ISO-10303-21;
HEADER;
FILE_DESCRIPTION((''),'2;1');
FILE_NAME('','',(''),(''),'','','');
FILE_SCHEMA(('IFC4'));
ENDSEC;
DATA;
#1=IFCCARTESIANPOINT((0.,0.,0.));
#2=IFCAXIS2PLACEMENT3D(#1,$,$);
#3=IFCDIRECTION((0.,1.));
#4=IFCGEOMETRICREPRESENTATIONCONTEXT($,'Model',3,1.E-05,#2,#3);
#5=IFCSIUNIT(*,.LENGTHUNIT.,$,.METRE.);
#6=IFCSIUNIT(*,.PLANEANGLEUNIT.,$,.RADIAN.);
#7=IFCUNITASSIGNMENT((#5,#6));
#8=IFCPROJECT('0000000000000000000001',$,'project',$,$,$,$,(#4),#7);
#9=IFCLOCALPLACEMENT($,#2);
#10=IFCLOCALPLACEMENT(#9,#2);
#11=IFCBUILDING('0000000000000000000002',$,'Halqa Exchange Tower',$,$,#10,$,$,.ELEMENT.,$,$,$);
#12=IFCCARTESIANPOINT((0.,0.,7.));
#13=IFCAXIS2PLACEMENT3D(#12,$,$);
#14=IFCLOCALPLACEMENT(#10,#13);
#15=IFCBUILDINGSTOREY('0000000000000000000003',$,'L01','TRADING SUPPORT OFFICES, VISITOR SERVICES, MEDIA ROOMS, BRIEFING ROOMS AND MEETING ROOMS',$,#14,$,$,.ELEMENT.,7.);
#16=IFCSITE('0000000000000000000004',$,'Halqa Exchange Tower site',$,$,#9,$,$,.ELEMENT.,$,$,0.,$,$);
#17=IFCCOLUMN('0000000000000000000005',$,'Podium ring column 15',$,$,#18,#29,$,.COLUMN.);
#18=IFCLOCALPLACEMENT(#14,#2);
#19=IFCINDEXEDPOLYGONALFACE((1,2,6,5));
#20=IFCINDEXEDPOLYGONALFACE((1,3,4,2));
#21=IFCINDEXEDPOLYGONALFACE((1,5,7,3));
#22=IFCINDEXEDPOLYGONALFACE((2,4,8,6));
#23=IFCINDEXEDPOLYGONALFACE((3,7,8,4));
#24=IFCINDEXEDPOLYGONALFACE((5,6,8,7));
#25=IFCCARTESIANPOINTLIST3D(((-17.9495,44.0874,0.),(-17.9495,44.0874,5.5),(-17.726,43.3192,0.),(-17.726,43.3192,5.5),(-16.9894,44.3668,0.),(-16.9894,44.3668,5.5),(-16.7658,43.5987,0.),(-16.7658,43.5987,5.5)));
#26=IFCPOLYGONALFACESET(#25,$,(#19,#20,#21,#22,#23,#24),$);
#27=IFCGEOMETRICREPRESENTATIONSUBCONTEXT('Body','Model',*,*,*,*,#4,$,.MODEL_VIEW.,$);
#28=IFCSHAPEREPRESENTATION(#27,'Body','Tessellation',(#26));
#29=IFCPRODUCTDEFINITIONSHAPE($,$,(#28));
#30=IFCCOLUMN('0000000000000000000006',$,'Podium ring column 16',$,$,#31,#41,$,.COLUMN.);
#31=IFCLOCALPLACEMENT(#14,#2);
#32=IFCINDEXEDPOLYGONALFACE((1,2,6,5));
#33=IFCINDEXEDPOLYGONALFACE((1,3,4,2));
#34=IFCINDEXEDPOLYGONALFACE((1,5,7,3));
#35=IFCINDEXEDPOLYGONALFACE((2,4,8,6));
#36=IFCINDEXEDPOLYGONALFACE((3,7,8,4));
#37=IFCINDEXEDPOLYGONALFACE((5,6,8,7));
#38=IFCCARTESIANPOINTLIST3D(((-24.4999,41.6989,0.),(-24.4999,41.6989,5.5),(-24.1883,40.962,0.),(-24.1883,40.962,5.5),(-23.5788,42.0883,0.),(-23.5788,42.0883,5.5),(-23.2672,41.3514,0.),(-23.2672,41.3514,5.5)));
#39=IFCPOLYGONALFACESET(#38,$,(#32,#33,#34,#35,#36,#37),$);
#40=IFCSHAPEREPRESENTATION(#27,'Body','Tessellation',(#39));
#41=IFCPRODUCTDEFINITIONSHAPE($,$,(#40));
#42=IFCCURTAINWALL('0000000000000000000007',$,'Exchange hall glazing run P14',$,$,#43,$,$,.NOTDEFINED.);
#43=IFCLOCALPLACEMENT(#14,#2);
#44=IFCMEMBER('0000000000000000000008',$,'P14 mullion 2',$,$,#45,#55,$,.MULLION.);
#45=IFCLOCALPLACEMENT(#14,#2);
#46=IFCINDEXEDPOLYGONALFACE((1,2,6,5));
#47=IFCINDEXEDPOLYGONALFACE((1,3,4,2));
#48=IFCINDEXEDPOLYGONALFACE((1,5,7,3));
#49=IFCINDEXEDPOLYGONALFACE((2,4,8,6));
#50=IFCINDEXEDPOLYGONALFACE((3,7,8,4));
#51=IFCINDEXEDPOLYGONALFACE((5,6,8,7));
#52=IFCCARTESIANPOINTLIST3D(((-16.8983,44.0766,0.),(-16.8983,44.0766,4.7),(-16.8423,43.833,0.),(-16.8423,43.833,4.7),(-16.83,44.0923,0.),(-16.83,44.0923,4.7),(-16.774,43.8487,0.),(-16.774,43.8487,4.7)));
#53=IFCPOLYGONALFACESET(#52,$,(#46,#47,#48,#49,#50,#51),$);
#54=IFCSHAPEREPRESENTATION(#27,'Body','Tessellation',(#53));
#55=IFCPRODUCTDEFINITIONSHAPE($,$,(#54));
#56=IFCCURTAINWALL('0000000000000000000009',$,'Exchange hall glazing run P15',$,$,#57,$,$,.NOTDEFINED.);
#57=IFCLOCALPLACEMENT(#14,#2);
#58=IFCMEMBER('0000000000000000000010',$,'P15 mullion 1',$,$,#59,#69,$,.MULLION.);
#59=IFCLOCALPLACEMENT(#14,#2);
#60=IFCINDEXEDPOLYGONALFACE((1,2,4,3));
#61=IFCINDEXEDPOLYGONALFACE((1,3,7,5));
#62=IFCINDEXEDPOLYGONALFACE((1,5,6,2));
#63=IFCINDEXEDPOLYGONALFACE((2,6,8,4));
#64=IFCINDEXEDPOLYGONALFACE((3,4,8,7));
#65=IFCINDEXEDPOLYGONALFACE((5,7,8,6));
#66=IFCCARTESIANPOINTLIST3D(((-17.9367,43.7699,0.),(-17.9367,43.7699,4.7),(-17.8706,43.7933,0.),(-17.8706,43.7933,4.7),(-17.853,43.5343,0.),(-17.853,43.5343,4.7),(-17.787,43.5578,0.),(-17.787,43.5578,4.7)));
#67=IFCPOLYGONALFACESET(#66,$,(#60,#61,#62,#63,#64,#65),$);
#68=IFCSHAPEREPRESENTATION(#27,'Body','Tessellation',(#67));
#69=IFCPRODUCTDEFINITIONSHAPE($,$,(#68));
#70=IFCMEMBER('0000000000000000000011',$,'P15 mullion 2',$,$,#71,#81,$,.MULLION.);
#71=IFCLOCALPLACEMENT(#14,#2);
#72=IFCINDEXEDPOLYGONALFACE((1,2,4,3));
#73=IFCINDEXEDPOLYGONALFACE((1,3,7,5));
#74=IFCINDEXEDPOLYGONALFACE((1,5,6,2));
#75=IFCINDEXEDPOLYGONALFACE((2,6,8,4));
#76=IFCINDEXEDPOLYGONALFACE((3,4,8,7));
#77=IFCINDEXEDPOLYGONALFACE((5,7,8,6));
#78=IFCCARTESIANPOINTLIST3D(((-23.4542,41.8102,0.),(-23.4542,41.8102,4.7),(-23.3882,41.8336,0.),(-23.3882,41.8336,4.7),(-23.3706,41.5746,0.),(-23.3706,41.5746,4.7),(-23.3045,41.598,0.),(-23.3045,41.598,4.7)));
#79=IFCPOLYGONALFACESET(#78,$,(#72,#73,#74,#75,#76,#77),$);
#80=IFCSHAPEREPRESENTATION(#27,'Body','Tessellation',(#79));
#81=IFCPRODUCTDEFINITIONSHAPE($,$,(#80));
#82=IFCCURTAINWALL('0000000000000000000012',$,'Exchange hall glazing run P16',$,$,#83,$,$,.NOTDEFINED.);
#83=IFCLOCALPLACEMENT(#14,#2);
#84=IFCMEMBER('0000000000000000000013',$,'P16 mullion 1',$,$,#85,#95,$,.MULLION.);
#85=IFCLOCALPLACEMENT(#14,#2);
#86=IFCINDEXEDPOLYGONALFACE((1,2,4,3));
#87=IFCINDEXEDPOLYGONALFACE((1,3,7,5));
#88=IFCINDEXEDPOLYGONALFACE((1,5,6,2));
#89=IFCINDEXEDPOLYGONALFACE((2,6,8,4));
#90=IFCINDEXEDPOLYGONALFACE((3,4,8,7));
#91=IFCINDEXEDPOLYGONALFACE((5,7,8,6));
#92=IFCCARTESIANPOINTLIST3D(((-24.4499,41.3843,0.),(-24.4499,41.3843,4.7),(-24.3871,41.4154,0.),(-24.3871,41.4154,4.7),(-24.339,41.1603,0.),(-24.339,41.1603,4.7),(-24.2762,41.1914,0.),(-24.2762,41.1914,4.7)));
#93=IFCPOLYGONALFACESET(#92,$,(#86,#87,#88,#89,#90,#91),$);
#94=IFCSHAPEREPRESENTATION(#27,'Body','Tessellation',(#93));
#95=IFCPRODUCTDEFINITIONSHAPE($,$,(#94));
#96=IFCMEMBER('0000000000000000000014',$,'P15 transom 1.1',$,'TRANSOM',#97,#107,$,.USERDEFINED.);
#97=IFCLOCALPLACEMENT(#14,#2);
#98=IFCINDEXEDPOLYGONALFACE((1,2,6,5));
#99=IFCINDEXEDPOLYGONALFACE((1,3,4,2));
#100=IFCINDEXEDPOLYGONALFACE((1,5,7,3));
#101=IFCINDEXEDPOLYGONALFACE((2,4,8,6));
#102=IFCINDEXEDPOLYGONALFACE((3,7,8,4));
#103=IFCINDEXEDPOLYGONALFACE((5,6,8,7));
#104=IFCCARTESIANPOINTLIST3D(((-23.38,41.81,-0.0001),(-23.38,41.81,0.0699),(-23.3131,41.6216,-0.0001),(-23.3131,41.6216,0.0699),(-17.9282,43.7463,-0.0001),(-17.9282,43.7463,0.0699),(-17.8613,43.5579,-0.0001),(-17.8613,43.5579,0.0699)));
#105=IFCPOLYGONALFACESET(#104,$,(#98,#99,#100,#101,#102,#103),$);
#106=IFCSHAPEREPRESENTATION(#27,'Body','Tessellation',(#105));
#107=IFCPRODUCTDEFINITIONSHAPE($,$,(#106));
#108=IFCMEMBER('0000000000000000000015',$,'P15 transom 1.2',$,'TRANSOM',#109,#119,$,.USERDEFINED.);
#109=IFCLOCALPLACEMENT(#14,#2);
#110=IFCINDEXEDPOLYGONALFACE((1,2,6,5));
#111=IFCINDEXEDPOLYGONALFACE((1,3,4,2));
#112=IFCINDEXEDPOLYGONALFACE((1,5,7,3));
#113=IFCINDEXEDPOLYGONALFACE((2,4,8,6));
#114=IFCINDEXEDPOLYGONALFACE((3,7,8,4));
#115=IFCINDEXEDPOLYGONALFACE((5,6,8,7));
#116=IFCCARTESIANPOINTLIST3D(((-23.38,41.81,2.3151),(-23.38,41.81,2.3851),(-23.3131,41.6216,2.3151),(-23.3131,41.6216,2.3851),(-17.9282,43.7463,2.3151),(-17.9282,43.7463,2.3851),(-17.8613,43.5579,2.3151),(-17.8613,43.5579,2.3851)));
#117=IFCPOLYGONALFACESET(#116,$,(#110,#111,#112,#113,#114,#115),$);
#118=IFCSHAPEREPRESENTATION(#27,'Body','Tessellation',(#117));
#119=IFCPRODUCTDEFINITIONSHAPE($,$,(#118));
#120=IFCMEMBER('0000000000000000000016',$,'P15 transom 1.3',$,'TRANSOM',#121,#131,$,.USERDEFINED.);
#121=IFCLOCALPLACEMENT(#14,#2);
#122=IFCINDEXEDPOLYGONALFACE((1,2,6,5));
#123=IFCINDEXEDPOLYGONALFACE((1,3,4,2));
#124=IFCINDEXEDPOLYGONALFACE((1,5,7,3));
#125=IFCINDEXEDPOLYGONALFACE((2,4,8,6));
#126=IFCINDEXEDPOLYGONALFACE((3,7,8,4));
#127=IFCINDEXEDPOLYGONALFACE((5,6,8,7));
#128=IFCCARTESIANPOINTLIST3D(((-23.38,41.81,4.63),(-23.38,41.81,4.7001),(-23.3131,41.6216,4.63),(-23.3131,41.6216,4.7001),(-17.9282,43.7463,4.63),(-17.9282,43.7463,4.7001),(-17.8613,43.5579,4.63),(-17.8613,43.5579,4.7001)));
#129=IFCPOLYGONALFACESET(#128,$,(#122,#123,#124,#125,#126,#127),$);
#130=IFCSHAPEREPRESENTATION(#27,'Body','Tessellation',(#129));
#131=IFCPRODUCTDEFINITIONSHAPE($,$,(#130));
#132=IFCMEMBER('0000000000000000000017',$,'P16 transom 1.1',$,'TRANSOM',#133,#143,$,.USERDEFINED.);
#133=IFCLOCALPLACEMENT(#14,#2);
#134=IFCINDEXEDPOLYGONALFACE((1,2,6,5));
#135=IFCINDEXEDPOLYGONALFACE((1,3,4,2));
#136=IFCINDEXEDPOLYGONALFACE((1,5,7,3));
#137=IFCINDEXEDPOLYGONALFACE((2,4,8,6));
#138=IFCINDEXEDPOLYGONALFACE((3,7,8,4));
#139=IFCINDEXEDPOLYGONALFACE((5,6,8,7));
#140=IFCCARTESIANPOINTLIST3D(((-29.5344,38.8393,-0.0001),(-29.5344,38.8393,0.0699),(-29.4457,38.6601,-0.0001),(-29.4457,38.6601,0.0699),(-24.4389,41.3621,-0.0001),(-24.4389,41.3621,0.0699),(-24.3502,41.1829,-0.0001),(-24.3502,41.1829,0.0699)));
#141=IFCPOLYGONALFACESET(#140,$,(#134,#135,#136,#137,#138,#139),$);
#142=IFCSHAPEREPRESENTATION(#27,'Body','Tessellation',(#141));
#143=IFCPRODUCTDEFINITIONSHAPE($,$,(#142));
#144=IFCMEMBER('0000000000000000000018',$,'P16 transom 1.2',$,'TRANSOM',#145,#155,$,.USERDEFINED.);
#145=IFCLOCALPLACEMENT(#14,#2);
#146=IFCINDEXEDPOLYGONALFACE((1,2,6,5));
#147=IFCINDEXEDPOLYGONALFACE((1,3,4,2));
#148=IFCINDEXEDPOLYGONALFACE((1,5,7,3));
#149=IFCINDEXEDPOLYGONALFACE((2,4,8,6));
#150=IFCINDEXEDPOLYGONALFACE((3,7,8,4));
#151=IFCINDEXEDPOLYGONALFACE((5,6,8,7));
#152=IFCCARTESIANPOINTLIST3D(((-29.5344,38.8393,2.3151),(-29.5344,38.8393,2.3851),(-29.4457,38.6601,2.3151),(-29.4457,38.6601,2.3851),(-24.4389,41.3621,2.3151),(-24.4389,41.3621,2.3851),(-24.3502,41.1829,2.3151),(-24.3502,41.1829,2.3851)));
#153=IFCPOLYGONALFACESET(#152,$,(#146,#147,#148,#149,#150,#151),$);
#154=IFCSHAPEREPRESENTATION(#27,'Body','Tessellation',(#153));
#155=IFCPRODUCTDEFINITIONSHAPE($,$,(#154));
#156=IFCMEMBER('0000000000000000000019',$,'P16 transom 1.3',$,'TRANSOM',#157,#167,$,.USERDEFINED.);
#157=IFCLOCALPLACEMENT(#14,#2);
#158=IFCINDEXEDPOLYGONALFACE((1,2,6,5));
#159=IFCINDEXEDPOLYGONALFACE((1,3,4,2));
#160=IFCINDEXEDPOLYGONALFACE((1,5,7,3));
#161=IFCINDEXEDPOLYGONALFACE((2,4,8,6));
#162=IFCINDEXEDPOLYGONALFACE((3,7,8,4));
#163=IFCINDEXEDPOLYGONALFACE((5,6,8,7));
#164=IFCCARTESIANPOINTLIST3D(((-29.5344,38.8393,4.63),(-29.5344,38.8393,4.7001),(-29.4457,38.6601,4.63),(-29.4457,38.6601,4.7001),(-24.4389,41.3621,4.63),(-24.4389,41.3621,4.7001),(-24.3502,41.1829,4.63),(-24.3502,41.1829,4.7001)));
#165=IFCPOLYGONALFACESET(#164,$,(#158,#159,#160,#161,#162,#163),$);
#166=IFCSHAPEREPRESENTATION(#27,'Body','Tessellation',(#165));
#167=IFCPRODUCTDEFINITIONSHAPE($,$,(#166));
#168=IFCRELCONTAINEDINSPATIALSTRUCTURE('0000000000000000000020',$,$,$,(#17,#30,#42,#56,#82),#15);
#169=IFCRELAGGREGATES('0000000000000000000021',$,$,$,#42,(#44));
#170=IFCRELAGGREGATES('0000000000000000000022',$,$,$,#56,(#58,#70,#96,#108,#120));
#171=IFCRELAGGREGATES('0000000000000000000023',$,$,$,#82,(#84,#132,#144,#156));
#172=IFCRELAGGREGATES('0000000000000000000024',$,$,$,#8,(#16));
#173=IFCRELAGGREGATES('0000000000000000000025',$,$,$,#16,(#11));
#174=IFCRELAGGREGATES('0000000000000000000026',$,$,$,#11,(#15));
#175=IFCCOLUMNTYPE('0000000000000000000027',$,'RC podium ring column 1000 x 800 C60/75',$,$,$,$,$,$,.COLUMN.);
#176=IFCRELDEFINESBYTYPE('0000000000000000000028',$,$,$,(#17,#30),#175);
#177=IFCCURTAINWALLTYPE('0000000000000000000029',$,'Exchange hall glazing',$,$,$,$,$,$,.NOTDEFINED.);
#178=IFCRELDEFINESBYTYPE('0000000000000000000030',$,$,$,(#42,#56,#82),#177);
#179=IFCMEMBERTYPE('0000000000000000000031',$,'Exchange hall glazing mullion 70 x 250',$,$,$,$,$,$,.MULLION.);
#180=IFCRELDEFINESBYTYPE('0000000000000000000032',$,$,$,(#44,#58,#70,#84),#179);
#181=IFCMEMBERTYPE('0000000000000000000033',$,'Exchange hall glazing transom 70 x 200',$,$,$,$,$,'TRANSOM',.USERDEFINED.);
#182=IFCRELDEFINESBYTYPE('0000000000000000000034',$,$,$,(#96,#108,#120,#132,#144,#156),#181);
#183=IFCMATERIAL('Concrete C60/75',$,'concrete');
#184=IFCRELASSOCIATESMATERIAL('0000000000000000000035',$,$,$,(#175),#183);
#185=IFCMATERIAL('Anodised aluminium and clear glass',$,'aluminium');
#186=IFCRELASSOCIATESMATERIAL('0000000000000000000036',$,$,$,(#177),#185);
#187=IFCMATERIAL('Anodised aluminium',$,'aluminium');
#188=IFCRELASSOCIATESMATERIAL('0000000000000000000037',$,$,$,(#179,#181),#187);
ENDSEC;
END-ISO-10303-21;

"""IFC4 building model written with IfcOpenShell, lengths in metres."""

from ifc_helpers import new_model, si_unit, direction, frame, origin, origin_2d, place, context, subcontext, project, spatial, rectangle, extrude, material, material_profile, profile_set, type_object, element, aggregate, save


model = new_model("IFC4")

# Units and contexts
model_context = context("Model", 3, precision=1e-05, world=origin(), true_north=direction((0.0, 1.0)))
body_context = subcontext(model_context, "Body", "Model", "MODEL_VIEW")
ifc_project = project(units=[si_unit("LENGTHUNIT", "METRE"), si_unit("PLANEANGLEUNIT", "RADIAN")], contexts=[model_context])

# Site, building, storey
site_placement = place(None, origin())
site = spatial("IfcSite", under=ifc_project, at=site_placement, Name="Halqa Exchange Tower site", CompositionType="ELEMENT", RefElevation=0.0)
building_placement = place(site_placement, origin())
building = spatial("IfcBuilding", under=site, at=building_placement, Name="Halqa Exchange Tower", CompositionType="ELEMENT")
storey_placement = place(building_placement, frame((0.0, 0.0, 7.0)))
storey = spatial("IfcBuildingStorey", under=building, at=storey_placement, Name="L01", Description="TRADING SUPPORT OFFICES, VISITOR SERVICES, MEDIA ROOMS, BRIEFING ROOMS AND MEETING ROOMS", CompositionType="ELEMENT", Elevation=7.0)

# Columns
ifc_material_1 = material(Name="Concrete C60/75", Category="concrete")
ifc_material_profile_1 = material_profile(ifc_material_1, rectangle(XDim=1.0, YDim=0.8, at=origin_2d()), Name="1000 x 800")
ifc_profile_set_1 = profile_set([ifc_material_profile_1], Name="Concrete C60/75")
column_type = type_object("IfcColumnType", Name="RC podium ring column 1000 x 800 C60/75", PredefinedType="COLUMN", material=ifc_profile_set_1)
for number, where, z_axis, x_axis, name in (
    (1, (-17.3577, 43.843, 0.0), (0.0, 0.0, 1.0), (-0.960158, -0.279459, 0.0), "Podium ring column 15"),
    (2, (-23.8835, 41.5251, 0.0), (0.0, 0.0, 1.0), (-0.921048, -0.389449, 0.0), "Podium ring column 16"),
):
    element("IfcColumn", number, at=place(storey_placement, frame(where, z_axis=z_axis, x_axis=x_axis)), inside=storey, type_object=column_type, Name=name, PredefinedType="COLUMN", context=body_context, shape_type="SweptSolid", body=[
        extrude(rectangle(XDim=1.0, YDim=0.8, at=origin_2d()), origin(), (0.0, 0.0, 1.0), 5.5),
    ])

# Curtain wall, member
ifc_material_2 = material(Name="Anodised aluminium and clear glass", Category="aluminium")
curtain_wall_type = type_object("IfcCurtainWallType", Name="Exchange hall glazing", PredefinedType="NOTDEFINED", material=ifc_material_2)
curtain_wall_1_placement = place(storey_placement, origin())
curtain_wall_1 = element("IfcCurtainWall", 3, at=curtain_wall_1_placement, inside=storey, type_object=curtain_wall_type, Name="Exchange hall glazing run P14", PredefinedType="NOTDEFINED")
ifc_material_3 = material(Name="Anodised aluminium", Category="aluminium")
ifc_material_profile_2 = material_profile(ifc_material_3, rectangle(XDim=0.25, YDim=0.0701, at=origin_2d()), Name="AL 70x250")
ifc_profile_set_2 = profile_set([ifc_material_profile_2], Name="Anodised aluminium")
member_type_1 = type_object("IfcMemberType", Name="Exchange hall glazing mullion 70 x 250", PredefinedType="MULLION", material=ifc_profile_set_2)
member_1_placement = place(storey_placement, frame((-16.8362, 43.9626, 0.0), z_axis=(0.0, 0.0, 1.0), x_axis=(0.223897, -0.974613, 0.0)))
member_1 = element("IfcMember", 4, at=member_1_placement, type_object=member_type_1, Name="P14 mullion 2", PredefinedType="MULLION", context=body_context, shape_type="SweptSolid", body=[
    extrude(rectangle(XDim=0.25, YDim=0.0701, at=origin_2d()), origin(), (0.0, 0.0, 1.0), 4.7),
])

# Curtain wall, members
curtain_wall_2_placement = place(storey_placement, origin())
curtain_wall_2 = element("IfcCurtainWall", 5, at=curtain_wall_2_placement, inside=storey, type_object=curtain_wall_type, Name="Exchange hall glazing run P15", PredefinedType="NOTDEFINED")
member_2_placement = place(storey_placement, frame((-17.8618, 43.6638, 0.0), z_axis=(0.0, 0.0, 1.0), x_axis=(0.334688, -0.942329, 0.0)))
member_2 = element("IfcMember", 6, at=member_2_placement, type_object=member_type_1, Name="P15 mullion 1", PredefinedType="MULLION", context=body_context, shape_type="SweptSolid", body=[
    extrude(rectangle(XDim=0.25, YDim=0.0701, at=origin_2d()), origin(), (0.0, 0.0, 1.0), 4.7),
])
member_3_placement = place(storey_placement, frame((-23.3794, 41.7041, 0.0), z_axis=(0.0, 0.0, 1.0), x_axis=(0.334688, -0.942329, 0.0)))
member_3 = element("IfcMember", 7, at=member_3_placement, type_object=member_type_1, Name="P15 mullion 2", PredefinedType="MULLION", context=body_context, shape_type="SweptSolid", body=[
    extrude(rectangle(XDim=0.25, YDim=0.0701, at=origin_2d()), origin(), (0.0, 0.0, 1.0), 4.7),
])

# Curtain wall, member
curtain_wall_3_placement = place(storey_placement, origin())
curtain_wall_3 = element("IfcCurtainWall", 8, at=curtain_wall_3_placement, inside=storey, type_object=curtain_wall_type, Name="Exchange hall glazing run P16", PredefinedType="NOTDEFINED")
member_4_placement = place(storey_placement, frame((-24.363, 41.2878, 0.0), z_axis=(0.0, 0.0, 1.0), x_axis=(0.443653, -0.896198, 0.0)))
member_4 = element("IfcMember", 9, at=member_4_placement, type_object=member_type_1, Name="P16 mullion 1", PredefinedType="MULLION", context=body_context, shape_type="SweptSolid", body=[
    extrude(rectangle(XDim=0.25, YDim=0.0701, at=origin_2d()), origin(), (0.0, 0.0, 1.0), 4.7),
])

# Members
ifc_material_profile_3 = material_profile(ifc_material_3, rectangle(XDim=0.2, YDim=0.0701, at=origin_2d()), Name="AL 70x200")
ifc_profile_set_3 = profile_set([ifc_material_profile_3], Name="Anodised aluminium")
member_type_2 = type_object("IfcMemberType", Name="Exchange hall glazing transom 70 x 200", ElementType="TRANSOM", PredefinedType="USERDEFINED", material=ifc_profile_set_3)
member_5_placement = place(storey_placement, frame((-17.8948, 43.6521, 0.0349), z_axis=(-0.942329, -0.334689, 0.0), x_axis=(0.334689, -0.942329, 0.0)))
member_5 = element("IfcMember", 10, at=member_5_placement, type_object=member_type_2, Name="P15 transom 1.1", ObjectType="TRANSOM", PredefinedType="USERDEFINED", context=body_context, shape_type="SweptSolid", body=[
    extrude(rectangle(XDim=0.2, YDim=0.0701, at=origin_2d()), origin(), (0.0, 0.0, 1.0), 5.7854),
])
member_6_placement = place(storey_placement, frame((-17.8948, 43.6521, 2.3501), z_axis=(-0.942329, -0.334689, 0.0), x_axis=(0.334689, -0.942329, 0.0)))
member_6 = element("IfcMember", 11, at=member_6_placement, type_object=member_type_2, Name="P15 transom 1.2", ObjectType="TRANSOM", PredefinedType="USERDEFINED", context=body_context, shape_type="SweptSolid", body=[
    extrude(rectangle(XDim=0.2, YDim=0.0701, at=origin_2d()), origin(), (0.0, 0.0, 1.0), 5.7854),
])
member_7_placement = place(storey_placement, frame((-17.8948, 43.6521, 4.665), z_axis=(-0.942329, -0.334689, 0.0), x_axis=(0.334689, -0.942329, 0.0)))
member_7 = element("IfcMember", 12, at=member_7_placement, type_object=member_type_2, Name="P15 transom 1.3", ObjectType="TRANSOM", PredefinedType="USERDEFINED", context=body_context, shape_type="SweptSolid", body=[
    extrude(rectangle(XDim=0.2, YDim=0.0701, at=origin_2d()), origin(), (0.0, 0.0, 1.0), 5.7854),
])
member_8_placement = place(storey_placement, frame((-24.3945, 41.2725, 0.0349), z_axis=(-0.896181, -0.443689, 0.0), x_axis=(0.443689, -0.896181, 0.0)))
member_8 = element("IfcMember", 13, at=member_8_placement, type_object=member_type_2, Name="P16 transom 1.1", ObjectType="TRANSOM", PredefinedType="USERDEFINED", context=body_context, shape_type="SweptSolid", body=[
    extrude(rectangle(XDim=0.2, YDim=0.0701, at=origin_2d()), origin(), (0.0, 0.0, 1.0), 5.6858),
])
member_9_placement = place(storey_placement, frame((-24.3945, 41.2725, 2.3501), z_axis=(-0.896181, -0.443689, 0.0), x_axis=(0.443689, -0.896181, 0.0)))
member_9 = element("IfcMember", 14, at=member_9_placement, type_object=member_type_2, Name="P16 transom 1.2", ObjectType="TRANSOM", PredefinedType="USERDEFINED", context=body_context, shape_type="SweptSolid", body=[
    extrude(rectangle(XDim=0.2, YDim=0.0701, at=origin_2d()), origin(), (0.0, 0.0, 1.0), 5.6858),
])
member_10_placement = place(storey_placement, frame((-24.3945, 41.2725, 4.665), z_axis=(-0.896181, -0.443689, 0.0), x_axis=(0.443689, -0.896181, 0.0)))
member_10 = element("IfcMember", 15, at=member_10_placement, type_object=member_type_2, Name="P16 transom 1.3", ObjectType="TRANSOM", PredefinedType="USERDEFINED", context=body_context, shape_type="SweptSolid", body=[
    extrude(rectangle(XDim=0.2, YDim=0.0701, at=origin_2d()), origin(), (0.0, 0.0, 1.0), 5.6858),
])

aggregate(curtain_wall_1, [member_1])
aggregate(curtain_wall_2, [member_2, member_3, member_5, member_6, member_7])
aggregate(curtain_wall_3, [member_4, member_8, member_9, member_10])

save(model, "model.ifc")
